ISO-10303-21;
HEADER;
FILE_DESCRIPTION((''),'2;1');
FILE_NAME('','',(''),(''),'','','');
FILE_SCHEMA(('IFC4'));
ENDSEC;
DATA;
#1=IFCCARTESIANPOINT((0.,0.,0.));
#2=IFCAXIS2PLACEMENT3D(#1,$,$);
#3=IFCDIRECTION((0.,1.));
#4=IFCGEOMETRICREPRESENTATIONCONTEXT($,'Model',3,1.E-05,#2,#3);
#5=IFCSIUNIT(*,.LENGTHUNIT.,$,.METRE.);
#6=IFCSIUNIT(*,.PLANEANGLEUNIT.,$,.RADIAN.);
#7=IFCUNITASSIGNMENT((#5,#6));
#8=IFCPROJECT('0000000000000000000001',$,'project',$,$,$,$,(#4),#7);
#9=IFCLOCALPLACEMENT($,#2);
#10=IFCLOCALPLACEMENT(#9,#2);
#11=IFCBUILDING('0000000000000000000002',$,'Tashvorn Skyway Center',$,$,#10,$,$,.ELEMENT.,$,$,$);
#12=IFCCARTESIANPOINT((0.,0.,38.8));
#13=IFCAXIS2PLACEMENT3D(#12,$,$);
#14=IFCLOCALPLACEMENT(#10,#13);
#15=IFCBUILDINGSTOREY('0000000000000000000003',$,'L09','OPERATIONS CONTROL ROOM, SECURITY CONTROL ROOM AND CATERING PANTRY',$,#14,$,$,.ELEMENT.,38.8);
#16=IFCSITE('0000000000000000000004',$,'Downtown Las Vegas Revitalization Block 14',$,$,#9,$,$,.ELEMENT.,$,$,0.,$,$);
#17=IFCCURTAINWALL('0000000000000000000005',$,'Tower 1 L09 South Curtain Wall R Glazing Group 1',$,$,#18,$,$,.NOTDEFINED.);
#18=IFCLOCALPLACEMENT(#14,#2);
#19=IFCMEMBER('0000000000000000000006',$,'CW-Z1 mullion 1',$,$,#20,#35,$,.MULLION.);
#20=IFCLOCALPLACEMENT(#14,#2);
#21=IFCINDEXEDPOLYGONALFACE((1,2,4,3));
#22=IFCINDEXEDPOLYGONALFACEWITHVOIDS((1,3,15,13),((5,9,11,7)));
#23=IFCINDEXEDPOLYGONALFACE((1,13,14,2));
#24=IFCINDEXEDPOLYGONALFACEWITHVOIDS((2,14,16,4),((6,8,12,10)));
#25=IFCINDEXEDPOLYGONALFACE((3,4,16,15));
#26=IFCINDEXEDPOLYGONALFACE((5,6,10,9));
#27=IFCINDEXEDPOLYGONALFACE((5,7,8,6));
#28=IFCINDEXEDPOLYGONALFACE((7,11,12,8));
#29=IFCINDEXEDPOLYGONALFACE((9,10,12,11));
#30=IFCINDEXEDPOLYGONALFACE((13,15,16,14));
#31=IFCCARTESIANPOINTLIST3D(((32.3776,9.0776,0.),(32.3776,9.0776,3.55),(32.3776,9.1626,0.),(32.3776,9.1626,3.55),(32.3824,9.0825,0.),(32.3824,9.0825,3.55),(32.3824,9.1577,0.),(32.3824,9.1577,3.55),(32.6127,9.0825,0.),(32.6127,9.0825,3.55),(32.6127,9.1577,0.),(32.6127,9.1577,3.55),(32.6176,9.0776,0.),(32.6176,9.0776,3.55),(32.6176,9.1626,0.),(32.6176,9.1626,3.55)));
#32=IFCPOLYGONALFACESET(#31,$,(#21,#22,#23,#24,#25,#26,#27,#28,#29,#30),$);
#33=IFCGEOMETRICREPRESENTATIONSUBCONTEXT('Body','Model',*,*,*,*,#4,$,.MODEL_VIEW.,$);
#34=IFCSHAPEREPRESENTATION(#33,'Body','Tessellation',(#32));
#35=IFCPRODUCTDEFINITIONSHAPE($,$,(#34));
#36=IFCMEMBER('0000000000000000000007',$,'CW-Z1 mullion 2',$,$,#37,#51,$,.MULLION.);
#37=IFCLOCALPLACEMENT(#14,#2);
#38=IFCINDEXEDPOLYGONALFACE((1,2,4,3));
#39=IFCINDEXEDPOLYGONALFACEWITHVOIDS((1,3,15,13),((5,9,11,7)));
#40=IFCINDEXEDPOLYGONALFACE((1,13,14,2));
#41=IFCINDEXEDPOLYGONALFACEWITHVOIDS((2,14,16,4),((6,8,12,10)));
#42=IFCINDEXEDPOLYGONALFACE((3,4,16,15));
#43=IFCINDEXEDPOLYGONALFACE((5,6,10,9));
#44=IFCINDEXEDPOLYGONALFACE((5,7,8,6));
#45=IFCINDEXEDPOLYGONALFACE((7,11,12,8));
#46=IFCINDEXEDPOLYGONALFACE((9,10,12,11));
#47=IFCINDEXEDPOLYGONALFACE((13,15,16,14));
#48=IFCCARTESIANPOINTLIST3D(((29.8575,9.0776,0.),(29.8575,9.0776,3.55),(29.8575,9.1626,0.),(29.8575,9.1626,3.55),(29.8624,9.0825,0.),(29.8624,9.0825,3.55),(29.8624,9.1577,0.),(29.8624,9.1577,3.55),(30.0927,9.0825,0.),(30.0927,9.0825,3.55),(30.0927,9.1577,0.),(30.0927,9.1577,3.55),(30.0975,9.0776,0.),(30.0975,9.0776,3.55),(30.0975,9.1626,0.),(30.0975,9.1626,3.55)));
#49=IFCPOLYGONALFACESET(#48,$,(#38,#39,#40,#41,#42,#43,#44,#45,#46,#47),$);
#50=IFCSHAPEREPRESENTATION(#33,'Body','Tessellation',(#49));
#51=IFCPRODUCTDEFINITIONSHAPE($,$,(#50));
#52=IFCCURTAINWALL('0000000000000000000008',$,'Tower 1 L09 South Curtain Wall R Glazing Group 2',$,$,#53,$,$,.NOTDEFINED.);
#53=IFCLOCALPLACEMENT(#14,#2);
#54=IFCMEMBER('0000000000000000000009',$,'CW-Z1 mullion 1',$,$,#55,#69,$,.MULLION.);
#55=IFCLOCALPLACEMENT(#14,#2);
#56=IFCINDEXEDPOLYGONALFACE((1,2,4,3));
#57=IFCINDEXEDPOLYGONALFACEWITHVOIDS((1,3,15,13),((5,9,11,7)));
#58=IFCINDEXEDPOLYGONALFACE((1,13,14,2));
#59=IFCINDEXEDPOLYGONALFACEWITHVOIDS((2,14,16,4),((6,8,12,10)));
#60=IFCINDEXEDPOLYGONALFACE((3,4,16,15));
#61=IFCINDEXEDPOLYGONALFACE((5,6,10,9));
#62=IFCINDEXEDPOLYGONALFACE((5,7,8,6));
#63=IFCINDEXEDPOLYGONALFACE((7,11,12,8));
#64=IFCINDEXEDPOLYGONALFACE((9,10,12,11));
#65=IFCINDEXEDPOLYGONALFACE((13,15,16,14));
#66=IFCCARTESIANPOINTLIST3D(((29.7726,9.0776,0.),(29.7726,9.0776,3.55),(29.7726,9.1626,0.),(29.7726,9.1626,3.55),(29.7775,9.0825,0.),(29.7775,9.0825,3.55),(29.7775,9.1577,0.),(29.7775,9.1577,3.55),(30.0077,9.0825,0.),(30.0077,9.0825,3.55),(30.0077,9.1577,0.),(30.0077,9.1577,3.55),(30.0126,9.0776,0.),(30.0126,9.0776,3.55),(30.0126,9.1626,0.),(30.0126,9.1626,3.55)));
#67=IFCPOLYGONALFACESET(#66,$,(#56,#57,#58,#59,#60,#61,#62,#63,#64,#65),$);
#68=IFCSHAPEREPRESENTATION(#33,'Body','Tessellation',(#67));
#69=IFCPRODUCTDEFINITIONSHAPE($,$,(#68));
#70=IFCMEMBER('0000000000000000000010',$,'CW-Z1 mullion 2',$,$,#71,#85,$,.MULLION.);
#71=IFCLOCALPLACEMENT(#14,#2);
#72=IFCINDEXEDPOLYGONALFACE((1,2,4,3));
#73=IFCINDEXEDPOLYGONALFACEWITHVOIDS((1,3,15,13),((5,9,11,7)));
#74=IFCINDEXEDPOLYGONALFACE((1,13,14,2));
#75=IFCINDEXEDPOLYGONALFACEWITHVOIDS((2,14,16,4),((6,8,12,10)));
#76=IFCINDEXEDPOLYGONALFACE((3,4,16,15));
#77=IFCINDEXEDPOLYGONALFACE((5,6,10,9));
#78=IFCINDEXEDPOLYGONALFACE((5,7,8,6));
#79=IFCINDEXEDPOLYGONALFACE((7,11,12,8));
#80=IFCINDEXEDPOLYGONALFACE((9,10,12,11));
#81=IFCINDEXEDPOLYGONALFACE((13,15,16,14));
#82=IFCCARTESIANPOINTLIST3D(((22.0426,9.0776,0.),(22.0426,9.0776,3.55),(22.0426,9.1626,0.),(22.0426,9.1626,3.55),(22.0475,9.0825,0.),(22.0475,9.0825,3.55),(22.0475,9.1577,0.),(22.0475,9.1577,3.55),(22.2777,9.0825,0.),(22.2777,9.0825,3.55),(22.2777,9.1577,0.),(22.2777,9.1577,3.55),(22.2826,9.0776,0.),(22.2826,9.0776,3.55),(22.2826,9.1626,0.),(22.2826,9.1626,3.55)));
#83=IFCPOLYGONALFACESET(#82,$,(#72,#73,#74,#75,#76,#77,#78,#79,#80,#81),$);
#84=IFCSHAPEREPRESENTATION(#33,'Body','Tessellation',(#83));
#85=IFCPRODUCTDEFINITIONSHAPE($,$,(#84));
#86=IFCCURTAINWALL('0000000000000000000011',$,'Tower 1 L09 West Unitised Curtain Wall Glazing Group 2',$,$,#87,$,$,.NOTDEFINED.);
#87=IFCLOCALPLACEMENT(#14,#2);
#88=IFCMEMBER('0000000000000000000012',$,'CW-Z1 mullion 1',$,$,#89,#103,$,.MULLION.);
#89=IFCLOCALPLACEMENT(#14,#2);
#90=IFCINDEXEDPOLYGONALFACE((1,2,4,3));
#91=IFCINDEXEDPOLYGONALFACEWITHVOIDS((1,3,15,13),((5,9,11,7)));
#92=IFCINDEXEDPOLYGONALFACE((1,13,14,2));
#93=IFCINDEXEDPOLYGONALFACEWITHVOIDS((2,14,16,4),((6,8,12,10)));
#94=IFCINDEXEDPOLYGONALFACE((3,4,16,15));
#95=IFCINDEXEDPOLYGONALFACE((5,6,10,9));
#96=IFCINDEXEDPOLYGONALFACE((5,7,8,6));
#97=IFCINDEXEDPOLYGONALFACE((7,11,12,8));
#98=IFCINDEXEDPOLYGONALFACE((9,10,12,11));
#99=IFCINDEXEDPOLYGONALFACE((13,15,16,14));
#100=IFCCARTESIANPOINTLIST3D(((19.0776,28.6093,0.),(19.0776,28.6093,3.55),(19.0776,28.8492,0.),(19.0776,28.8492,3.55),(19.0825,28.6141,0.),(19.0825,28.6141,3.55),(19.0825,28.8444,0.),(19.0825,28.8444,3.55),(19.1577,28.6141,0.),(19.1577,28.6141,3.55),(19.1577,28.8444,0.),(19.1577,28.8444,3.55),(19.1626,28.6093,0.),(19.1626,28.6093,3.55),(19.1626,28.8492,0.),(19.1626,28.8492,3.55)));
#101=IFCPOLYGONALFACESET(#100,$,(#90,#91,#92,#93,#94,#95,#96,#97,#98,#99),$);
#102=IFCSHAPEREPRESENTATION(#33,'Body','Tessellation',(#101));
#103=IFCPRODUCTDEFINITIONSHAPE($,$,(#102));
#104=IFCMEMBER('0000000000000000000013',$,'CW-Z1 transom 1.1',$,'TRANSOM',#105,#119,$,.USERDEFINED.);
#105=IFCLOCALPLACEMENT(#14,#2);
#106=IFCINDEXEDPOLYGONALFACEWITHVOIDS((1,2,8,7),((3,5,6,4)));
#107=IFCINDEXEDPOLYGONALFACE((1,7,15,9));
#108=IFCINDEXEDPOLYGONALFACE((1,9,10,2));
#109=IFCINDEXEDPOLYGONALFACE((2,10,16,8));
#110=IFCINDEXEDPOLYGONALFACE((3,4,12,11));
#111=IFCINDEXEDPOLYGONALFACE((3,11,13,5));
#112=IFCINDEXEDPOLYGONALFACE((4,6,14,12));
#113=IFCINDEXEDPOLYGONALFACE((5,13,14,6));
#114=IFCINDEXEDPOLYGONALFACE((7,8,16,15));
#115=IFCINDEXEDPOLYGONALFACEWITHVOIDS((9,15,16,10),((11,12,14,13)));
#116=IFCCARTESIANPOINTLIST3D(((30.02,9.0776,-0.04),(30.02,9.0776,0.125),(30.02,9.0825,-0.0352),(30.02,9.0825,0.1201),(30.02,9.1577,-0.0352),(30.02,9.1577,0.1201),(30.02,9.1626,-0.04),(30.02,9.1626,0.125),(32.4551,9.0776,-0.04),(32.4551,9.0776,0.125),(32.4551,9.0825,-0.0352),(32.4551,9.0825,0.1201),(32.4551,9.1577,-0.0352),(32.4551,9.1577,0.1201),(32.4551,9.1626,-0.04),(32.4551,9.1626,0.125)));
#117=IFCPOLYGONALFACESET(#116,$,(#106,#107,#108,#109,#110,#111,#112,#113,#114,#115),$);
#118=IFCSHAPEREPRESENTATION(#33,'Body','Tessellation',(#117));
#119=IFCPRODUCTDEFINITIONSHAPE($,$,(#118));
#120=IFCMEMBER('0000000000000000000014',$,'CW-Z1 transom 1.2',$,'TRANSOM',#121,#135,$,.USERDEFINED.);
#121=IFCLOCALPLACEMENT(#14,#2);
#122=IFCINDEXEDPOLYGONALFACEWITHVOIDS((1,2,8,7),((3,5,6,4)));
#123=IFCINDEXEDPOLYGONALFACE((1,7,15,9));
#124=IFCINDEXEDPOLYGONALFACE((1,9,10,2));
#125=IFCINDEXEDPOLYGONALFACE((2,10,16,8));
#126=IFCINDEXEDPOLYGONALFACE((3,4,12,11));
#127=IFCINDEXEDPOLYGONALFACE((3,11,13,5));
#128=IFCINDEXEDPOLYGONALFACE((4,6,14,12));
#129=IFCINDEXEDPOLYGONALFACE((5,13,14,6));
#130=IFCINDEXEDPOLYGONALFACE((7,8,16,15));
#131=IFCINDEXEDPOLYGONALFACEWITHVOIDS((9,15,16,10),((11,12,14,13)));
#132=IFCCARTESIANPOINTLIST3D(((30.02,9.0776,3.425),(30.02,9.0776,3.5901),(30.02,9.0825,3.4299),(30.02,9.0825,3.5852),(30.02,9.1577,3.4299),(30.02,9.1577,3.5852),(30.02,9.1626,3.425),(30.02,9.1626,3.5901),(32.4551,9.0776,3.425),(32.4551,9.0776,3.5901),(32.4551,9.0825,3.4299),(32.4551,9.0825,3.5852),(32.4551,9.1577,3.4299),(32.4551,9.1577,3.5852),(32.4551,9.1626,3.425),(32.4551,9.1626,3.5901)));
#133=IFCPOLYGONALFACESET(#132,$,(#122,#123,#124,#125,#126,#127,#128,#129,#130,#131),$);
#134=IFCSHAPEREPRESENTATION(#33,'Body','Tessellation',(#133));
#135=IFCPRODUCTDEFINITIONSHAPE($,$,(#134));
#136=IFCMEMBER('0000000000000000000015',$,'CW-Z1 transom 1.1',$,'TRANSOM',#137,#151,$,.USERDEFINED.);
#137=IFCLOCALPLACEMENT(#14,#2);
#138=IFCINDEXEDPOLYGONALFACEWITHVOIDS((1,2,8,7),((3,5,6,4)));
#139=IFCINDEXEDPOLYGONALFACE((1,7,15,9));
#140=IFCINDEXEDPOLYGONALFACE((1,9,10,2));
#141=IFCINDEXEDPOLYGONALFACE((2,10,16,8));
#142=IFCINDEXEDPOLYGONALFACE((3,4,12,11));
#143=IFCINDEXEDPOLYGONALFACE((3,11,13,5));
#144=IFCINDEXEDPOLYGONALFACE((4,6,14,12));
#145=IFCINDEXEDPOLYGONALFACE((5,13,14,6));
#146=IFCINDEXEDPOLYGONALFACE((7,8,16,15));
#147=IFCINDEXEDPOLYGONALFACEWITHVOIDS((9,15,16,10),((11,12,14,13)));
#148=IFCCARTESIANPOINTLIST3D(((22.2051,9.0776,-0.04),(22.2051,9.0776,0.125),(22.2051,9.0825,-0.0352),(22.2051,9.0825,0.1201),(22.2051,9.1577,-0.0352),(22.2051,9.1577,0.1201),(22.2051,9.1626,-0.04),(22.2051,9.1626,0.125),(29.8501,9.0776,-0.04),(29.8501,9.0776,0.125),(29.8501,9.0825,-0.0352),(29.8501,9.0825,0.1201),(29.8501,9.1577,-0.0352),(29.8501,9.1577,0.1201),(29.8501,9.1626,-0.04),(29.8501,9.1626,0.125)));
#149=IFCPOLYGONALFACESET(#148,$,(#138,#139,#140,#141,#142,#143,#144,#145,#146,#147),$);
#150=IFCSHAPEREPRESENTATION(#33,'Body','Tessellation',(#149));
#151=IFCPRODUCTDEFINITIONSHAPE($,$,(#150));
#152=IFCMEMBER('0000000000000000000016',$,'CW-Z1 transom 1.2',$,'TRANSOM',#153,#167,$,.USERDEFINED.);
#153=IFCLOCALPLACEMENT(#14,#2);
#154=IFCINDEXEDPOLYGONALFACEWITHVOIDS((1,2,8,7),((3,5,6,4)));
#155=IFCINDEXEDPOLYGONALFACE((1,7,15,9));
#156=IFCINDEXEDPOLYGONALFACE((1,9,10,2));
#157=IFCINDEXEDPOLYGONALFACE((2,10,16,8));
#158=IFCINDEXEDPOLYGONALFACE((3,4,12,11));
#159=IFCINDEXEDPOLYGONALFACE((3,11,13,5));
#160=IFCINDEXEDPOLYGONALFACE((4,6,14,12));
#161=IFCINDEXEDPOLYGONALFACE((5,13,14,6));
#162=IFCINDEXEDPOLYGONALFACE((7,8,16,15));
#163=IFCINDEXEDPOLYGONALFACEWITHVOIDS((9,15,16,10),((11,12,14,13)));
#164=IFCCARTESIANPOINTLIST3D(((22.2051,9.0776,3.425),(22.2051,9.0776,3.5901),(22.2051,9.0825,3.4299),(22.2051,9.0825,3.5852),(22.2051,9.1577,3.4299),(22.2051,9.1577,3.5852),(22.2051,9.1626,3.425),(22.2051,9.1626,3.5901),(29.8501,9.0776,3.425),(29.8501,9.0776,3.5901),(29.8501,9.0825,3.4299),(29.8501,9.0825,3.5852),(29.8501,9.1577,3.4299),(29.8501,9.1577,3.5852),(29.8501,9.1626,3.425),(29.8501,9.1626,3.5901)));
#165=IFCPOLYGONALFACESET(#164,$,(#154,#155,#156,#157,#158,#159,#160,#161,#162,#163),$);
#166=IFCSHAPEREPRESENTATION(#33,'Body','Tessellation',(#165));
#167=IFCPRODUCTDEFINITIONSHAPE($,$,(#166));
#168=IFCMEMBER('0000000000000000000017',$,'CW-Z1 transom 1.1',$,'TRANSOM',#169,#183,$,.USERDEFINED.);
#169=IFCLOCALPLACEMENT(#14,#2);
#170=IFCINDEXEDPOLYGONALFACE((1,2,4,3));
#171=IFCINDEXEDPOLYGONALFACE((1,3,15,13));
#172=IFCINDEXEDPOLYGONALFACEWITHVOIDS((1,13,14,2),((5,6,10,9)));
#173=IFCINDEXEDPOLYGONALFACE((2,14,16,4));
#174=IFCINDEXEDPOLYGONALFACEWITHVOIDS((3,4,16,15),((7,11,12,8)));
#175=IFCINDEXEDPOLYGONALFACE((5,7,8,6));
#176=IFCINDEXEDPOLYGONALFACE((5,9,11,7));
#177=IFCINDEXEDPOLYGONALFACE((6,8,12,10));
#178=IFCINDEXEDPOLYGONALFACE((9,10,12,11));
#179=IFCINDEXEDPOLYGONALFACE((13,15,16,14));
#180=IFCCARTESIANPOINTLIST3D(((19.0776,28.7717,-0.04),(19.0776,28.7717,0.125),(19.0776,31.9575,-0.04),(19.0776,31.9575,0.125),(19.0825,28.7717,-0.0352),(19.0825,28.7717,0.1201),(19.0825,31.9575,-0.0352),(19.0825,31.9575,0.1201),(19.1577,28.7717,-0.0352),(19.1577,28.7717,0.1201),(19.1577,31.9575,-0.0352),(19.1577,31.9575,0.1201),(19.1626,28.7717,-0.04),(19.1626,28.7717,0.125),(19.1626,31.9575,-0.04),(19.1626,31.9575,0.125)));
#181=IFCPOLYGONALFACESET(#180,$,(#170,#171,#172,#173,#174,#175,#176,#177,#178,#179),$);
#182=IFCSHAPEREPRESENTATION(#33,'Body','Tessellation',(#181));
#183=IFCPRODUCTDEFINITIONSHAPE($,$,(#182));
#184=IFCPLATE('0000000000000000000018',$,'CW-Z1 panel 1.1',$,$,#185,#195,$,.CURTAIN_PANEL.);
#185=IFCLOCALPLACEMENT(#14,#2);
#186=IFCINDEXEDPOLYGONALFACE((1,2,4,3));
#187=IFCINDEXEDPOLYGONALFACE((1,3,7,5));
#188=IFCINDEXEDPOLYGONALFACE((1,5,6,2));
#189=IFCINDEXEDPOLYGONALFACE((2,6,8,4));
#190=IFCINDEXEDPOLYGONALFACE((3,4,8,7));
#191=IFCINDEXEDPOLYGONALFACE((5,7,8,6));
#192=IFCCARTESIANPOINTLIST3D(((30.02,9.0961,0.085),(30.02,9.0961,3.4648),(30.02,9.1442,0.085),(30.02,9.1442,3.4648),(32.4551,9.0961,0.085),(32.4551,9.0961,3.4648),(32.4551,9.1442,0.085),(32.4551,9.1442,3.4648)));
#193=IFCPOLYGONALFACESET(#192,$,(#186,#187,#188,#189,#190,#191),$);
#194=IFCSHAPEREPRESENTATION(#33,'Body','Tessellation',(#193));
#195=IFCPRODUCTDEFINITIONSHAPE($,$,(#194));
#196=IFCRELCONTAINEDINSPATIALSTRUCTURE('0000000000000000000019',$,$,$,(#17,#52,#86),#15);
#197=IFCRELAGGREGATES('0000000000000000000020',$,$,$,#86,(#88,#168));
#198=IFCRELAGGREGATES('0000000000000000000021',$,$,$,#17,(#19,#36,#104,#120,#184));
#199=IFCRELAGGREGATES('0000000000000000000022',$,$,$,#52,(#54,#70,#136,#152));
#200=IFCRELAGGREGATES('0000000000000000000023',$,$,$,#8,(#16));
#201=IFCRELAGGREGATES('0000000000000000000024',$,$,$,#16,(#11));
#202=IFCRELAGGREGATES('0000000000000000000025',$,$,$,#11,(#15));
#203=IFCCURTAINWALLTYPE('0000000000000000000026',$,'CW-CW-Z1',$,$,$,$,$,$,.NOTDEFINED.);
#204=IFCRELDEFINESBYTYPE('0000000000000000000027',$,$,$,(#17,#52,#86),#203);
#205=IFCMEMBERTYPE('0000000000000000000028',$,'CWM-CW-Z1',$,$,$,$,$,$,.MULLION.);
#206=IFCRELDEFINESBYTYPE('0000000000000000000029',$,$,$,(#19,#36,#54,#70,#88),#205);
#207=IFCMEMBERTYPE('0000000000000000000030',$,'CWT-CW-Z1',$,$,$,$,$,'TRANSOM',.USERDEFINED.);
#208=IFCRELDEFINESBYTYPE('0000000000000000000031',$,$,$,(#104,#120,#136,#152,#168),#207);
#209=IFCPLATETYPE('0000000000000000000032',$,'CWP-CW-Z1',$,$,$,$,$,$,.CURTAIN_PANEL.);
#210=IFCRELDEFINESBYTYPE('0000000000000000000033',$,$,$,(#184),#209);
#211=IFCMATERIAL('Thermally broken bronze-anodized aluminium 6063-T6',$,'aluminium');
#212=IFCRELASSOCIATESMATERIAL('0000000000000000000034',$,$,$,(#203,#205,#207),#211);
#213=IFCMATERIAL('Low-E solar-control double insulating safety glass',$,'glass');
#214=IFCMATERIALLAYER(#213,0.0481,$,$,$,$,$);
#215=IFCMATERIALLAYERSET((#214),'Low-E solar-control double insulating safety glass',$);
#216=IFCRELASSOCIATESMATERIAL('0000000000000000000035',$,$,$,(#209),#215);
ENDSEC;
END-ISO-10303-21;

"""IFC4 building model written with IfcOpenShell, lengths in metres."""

from ifc_helpers import new_model, si_unit, direction, frame, origin, origin_2d, place, context, subcontext, project, spatial, rectangle, hollow_rectangle, extrude, material, layer, layer_set, material_profile, profile_set, type_object, element, aggregate, save


model = new_model("IFC4")

# Units and contexts
model_context = context("Model", 3, precision=1e-05, world=origin(), true_north=direction((0.0, 1.0)))
body_context = subcontext(model_context, "Body", "Model", "MODEL_VIEW")
ifc_project = project(units=[si_unit("LENGTHUNIT", "METRE"), si_unit("PLANEANGLEUNIT", "RADIAN")], contexts=[model_context])

# Site, building, storey
site_placement = place(None, origin())
site = spatial("IfcSite", under=ifc_project, at=site_placement, Name="Downtown Las Vegas Revitalization Block 14", CompositionType="ELEMENT", RefElevation=0.0)
building_placement = place(site_placement, origin())
building = spatial("IfcBuilding", under=site, at=building_placement, Name="Tashvorn Skyway Center", CompositionType="ELEMENT")
storey_placement = place(building_placement, frame((0.0, 0.0, 38.8)))
storey = spatial("IfcBuildingStorey", under=building, at=storey_placement, Name="L09", Description="OPERATIONS CONTROL ROOM, SECURITY CONTROL ROOM AND CATERING PANTRY", CompositionType="ELEMENT", Elevation=38.8)

# Curtain walls, members
ifc_material_1 = material(Name="Thermally broken bronze-anodized aluminium 6063-T6", Category="aluminium")
curtain_wall_type = type_object("IfcCurtainWallType", Name="CW-CW-Z1", PredefinedType="NOTDEFINED", material=ifc_material_1)
curtain_wall_1_placement = place(storey_placement, origin())
curtain_wall_1 = element("IfcCurtainWall", 1, at=curtain_wall_1_placement, inside=storey, type_object=curtain_wall_type, Name="Tower 1 L09 South Curtain Wall R Glazing Group 1", PredefinedType="NOTDEFINED")
ifc_material_profile_1 = material_profile(ifc_material_1, hollow_rectangle(XDim=0.085, YDim=0.24, WallThickness=0.0049, at=origin_2d()), Name="ALU-MULL-85x240")
ifc_profile_set_1 = profile_set([ifc_material_profile_1], Name="Thermally broken bronze-anodized aluminium 6063-T6")
member_type_1 = type_object("IfcMemberType", Name="CWM-CW-Z1", PredefinedType="MULLION", material=ifc_profile_set_1)
member_1_placement = place(storey_placement, frame((32.4976, 9.1201, 0.0), z_axis=(0.0, 0.0, 1.0), x_axis=(0.0, -1.0, 0.0)))
member_1 = element("IfcMember", 2, at=member_1_placement, type_object=member_type_1, Name="CW-Z1 mullion 1", PredefinedType="MULLION", context=body_context, shape_type="SweptSolid", body=[
    extrude(hollow_rectangle(XDim=0.085, YDim=0.24, WallThickness=0.0049, at=origin_2d()), origin(), (0.0, 0.0, 1.0), 3.55),
])
member_2_placement = place(storey_placement, frame((29.9775, 9.1201, 0.0), z_axis=(0.0, 0.0, 1.0), x_axis=(0.0, -1.0, 0.0)))
member_2 = element("IfcMember", 3, at=member_2_placement, type_object=member_type_1, Name="CW-Z1 mullion 2", PredefinedType="MULLION", context=body_context, shape_type="SweptSolid", body=[
    extrude(hollow_rectangle(XDim=0.085, YDim=0.24, WallThickness=0.0049, at=origin_2d()), origin(), (0.0, 0.0, 1.0), 3.55),
])
curtain_wall_2_placement = place(storey_placement, origin())
curtain_wall_2 = element("IfcCurtainWall", 4, at=curtain_wall_2_placement, inside=storey, type_object=curtain_wall_type, Name="Tower 1 L09 South Curtain Wall R Glazing Group 2", PredefinedType="NOTDEFINED")
member_3_placement = place(storey_placement, frame((29.8926, 9.1201, 0.0), z_axis=(0.0, 0.0, 1.0), x_axis=(0.0, -1.0, 0.0)))
member_3 = element("IfcMember", 5, at=member_3_placement, type_object=member_type_1, Name="CW-Z1 mullion 1", PredefinedType="MULLION", context=body_context, shape_type="SweptSolid", body=[
    extrude(hollow_rectangle(XDim=0.085, YDim=0.24, WallThickness=0.0049, at=origin_2d()), origin(), (0.0, 0.0, 1.0), 3.55),
])
member_4_placement = place(storey_placement, frame((22.1626, 9.1201, 0.0), z_axis=(0.0, 0.0, 1.0), x_axis=(0.0, -1.0, 0.0)))
member_4 = element("IfcMember", 6, at=member_4_placement, type_object=member_type_1, Name="CW-Z1 mullion 2", PredefinedType="MULLION", context=body_context, shape_type="SweptSolid", body=[
    extrude(hollow_rectangle(XDim=0.085, YDim=0.24, WallThickness=0.0049, at=origin_2d()), origin(), (0.0, 0.0, 1.0), 3.55),
])

# Curtain wall, member
curtain_wall_3_placement = place(storey_placement, origin())
curtain_wall_3 = element("IfcCurtainWall", 7, at=curtain_wall_3_placement, inside=storey, type_object=curtain_wall_type, Name="Tower 1 L09 West Unitised Curtain Wall Glazing Group 2", PredefinedType="NOTDEFINED")
member_5_placement = place(storey_placement, frame((19.1201, 28.7292, 0.0), z_axis=(0.0, 0.0, 1.0), x_axis=(-1.0, 0.0, 0.0)))
member_5 = element("IfcMember", 8, at=member_5_placement, type_object=member_type_1, Name="CW-Z1 mullion 1", PredefinedType="MULLION", context=body_context, shape_type="SweptSolid", body=[
    extrude(hollow_rectangle(XDim=0.085, YDim=0.24, WallThickness=0.0049, at=origin_2d()), origin(), (0.0, 0.0, 1.0), 3.55),
])

# Members
ifc_material_profile_2 = material_profile(ifc_material_1, hollow_rectangle(XDim=0.085, YDim=0.165, WallThickness=0.0049, at=origin_2d()), Name="ALU-TRAN-85x165")
ifc_profile_set_2 = profile_set([ifc_material_profile_2], Name="Thermally broken bronze-anodized aluminium 6063-T6")
member_type_2 = type_object("IfcMemberType", Name="CWT-CW-Z1", ElementType="TRANSOM", PredefinedType="USERDEFINED", material=ifc_profile_set_2)
member_6_placement = place(storey_placement, frame((32.4551, 9.1201, 0.0425), z_axis=(-1.0, 0.0, 0.0), x_axis=(0.0, -1.0, 0.0)))
member_6 = element("IfcMember", 9, at=member_6_placement, type_object=member_type_2, Name="CW-Z1 transom 1.1", ObjectType="TRANSOM", PredefinedType="USERDEFINED", context=body_context, shape_type="SweptSolid", body=[
    extrude(hollow_rectangle(XDim=0.085, YDim=0.165, WallThickness=0.0049, at=origin_2d()), origin(), (0.0, 0.0, 1.0), 2.4351),
])
member_7_placement = place(storey_placement, frame((32.4551, 9.1201, 3.5076), z_axis=(-1.0, 0.0, 0.0), x_axis=(0.0, -1.0, 0.0)))
member_7 = element("IfcMember", 10, at=member_7_placement, type_object=member_type_2, Name="CW-Z1 transom 1.2", ObjectType="TRANSOM", PredefinedType="USERDEFINED", context=body_context, shape_type="SweptSolid", body=[
    extrude(hollow_rectangle(XDim=0.085, YDim=0.165, WallThickness=0.0049, at=origin_2d()), origin(), (0.0, 0.0, 1.0), 2.4351),
])
member_8_placement = place(storey_placement, frame((29.8501, 9.1201, 0.0425), z_axis=(-1.0, 0.0, 0.0), x_axis=(0.0, -1.0, 0.0)))
member_8 = element("IfcMember", 11, at=member_8_placement, type_object=member_type_2, Name="CW-Z1 transom 1.1", ObjectType="TRANSOM", PredefinedType="USERDEFINED", context=body_context, shape_type="SweptSolid", body=[
    extrude(hollow_rectangle(XDim=0.085, YDim=0.165, WallThickness=0.0049, at=origin_2d()), origin(), (0.0, 0.0, 1.0), 7.645),
])
member_9_placement = place(storey_placement, frame((29.8501, 9.1201, 3.5076), z_axis=(-1.0, 0.0, 0.0), x_axis=(0.0, -1.0, 0.0)))
member_9 = element("IfcMember", 12, at=member_9_placement, type_object=member_type_2, Name="CW-Z1 transom 1.2", ObjectType="TRANSOM", PredefinedType="USERDEFINED", context=body_context, shape_type="SweptSolid", body=[
    extrude(hollow_rectangle(XDim=0.085, YDim=0.165, WallThickness=0.0049, at=origin_2d()), origin(), (0.0, 0.0, 1.0), 7.645),
])
member_10_placement = place(storey_placement, frame((19.1201, 28.7717, 0.0425), z_axis=(0.0, 1.0, 0.0), x_axis=(-1.0, 0.0, 0.0)))
member_10 = element("IfcMember", 13, at=member_10_placement, type_object=member_type_2, Name="CW-Z1 transom 1.1", ObjectType="TRANSOM", PredefinedType="USERDEFINED", context=body_context, shape_type="SweptSolid", body=[
    extrude(hollow_rectangle(XDim=0.085, YDim=0.165, WallThickness=0.0049, at=origin_2d()), origin(), (0.0, 0.0, 1.0), 3.1858),
])
aggregate(curtain_wall_3, [member_5, member_10])

# Plate
ifc_material_2 = material(Name="Low-E solar-control double insulating safety glass", Category="glass")
ifc_layer_1 = layer(ifc_material_2, 0.0481)
ifc_layer_set_1 = layer_set([ifc_layer_1], Name="Low-E solar-control double insulating safety glass")
plate_type = type_object("IfcPlateType", Name="CWP-CW-Z1", PredefinedType="CURTAIN_PANEL", material=ifc_layer_set_1)
plate_1_placement = place(storey_placement, frame((31.2375, 9.1201, 0.085), z_axis=(0.0, 0.0, 1.0), x_axis=(-1.0, 0.0, 0.0)))
plate_1 = element("IfcPlate", 14, at=plate_1_placement, type_object=plate_type, Name="CW-Z1 panel 1.1", PredefinedType="CURTAIN_PANEL", context=body_context, shape_type="SweptSolid", body=[
    extrude(rectangle(XDim=2.4351, YDim=0.0481, at=origin_2d()), origin(), (0.0, 0.0, 1.0), 3.3799),
])
aggregate(curtain_wall_1, [member_1, member_2, member_6, member_7, plate_1])
aggregate(curtain_wall_2, [member_3, member_4, member_8, member_9])

save(model, "model.ifc")
